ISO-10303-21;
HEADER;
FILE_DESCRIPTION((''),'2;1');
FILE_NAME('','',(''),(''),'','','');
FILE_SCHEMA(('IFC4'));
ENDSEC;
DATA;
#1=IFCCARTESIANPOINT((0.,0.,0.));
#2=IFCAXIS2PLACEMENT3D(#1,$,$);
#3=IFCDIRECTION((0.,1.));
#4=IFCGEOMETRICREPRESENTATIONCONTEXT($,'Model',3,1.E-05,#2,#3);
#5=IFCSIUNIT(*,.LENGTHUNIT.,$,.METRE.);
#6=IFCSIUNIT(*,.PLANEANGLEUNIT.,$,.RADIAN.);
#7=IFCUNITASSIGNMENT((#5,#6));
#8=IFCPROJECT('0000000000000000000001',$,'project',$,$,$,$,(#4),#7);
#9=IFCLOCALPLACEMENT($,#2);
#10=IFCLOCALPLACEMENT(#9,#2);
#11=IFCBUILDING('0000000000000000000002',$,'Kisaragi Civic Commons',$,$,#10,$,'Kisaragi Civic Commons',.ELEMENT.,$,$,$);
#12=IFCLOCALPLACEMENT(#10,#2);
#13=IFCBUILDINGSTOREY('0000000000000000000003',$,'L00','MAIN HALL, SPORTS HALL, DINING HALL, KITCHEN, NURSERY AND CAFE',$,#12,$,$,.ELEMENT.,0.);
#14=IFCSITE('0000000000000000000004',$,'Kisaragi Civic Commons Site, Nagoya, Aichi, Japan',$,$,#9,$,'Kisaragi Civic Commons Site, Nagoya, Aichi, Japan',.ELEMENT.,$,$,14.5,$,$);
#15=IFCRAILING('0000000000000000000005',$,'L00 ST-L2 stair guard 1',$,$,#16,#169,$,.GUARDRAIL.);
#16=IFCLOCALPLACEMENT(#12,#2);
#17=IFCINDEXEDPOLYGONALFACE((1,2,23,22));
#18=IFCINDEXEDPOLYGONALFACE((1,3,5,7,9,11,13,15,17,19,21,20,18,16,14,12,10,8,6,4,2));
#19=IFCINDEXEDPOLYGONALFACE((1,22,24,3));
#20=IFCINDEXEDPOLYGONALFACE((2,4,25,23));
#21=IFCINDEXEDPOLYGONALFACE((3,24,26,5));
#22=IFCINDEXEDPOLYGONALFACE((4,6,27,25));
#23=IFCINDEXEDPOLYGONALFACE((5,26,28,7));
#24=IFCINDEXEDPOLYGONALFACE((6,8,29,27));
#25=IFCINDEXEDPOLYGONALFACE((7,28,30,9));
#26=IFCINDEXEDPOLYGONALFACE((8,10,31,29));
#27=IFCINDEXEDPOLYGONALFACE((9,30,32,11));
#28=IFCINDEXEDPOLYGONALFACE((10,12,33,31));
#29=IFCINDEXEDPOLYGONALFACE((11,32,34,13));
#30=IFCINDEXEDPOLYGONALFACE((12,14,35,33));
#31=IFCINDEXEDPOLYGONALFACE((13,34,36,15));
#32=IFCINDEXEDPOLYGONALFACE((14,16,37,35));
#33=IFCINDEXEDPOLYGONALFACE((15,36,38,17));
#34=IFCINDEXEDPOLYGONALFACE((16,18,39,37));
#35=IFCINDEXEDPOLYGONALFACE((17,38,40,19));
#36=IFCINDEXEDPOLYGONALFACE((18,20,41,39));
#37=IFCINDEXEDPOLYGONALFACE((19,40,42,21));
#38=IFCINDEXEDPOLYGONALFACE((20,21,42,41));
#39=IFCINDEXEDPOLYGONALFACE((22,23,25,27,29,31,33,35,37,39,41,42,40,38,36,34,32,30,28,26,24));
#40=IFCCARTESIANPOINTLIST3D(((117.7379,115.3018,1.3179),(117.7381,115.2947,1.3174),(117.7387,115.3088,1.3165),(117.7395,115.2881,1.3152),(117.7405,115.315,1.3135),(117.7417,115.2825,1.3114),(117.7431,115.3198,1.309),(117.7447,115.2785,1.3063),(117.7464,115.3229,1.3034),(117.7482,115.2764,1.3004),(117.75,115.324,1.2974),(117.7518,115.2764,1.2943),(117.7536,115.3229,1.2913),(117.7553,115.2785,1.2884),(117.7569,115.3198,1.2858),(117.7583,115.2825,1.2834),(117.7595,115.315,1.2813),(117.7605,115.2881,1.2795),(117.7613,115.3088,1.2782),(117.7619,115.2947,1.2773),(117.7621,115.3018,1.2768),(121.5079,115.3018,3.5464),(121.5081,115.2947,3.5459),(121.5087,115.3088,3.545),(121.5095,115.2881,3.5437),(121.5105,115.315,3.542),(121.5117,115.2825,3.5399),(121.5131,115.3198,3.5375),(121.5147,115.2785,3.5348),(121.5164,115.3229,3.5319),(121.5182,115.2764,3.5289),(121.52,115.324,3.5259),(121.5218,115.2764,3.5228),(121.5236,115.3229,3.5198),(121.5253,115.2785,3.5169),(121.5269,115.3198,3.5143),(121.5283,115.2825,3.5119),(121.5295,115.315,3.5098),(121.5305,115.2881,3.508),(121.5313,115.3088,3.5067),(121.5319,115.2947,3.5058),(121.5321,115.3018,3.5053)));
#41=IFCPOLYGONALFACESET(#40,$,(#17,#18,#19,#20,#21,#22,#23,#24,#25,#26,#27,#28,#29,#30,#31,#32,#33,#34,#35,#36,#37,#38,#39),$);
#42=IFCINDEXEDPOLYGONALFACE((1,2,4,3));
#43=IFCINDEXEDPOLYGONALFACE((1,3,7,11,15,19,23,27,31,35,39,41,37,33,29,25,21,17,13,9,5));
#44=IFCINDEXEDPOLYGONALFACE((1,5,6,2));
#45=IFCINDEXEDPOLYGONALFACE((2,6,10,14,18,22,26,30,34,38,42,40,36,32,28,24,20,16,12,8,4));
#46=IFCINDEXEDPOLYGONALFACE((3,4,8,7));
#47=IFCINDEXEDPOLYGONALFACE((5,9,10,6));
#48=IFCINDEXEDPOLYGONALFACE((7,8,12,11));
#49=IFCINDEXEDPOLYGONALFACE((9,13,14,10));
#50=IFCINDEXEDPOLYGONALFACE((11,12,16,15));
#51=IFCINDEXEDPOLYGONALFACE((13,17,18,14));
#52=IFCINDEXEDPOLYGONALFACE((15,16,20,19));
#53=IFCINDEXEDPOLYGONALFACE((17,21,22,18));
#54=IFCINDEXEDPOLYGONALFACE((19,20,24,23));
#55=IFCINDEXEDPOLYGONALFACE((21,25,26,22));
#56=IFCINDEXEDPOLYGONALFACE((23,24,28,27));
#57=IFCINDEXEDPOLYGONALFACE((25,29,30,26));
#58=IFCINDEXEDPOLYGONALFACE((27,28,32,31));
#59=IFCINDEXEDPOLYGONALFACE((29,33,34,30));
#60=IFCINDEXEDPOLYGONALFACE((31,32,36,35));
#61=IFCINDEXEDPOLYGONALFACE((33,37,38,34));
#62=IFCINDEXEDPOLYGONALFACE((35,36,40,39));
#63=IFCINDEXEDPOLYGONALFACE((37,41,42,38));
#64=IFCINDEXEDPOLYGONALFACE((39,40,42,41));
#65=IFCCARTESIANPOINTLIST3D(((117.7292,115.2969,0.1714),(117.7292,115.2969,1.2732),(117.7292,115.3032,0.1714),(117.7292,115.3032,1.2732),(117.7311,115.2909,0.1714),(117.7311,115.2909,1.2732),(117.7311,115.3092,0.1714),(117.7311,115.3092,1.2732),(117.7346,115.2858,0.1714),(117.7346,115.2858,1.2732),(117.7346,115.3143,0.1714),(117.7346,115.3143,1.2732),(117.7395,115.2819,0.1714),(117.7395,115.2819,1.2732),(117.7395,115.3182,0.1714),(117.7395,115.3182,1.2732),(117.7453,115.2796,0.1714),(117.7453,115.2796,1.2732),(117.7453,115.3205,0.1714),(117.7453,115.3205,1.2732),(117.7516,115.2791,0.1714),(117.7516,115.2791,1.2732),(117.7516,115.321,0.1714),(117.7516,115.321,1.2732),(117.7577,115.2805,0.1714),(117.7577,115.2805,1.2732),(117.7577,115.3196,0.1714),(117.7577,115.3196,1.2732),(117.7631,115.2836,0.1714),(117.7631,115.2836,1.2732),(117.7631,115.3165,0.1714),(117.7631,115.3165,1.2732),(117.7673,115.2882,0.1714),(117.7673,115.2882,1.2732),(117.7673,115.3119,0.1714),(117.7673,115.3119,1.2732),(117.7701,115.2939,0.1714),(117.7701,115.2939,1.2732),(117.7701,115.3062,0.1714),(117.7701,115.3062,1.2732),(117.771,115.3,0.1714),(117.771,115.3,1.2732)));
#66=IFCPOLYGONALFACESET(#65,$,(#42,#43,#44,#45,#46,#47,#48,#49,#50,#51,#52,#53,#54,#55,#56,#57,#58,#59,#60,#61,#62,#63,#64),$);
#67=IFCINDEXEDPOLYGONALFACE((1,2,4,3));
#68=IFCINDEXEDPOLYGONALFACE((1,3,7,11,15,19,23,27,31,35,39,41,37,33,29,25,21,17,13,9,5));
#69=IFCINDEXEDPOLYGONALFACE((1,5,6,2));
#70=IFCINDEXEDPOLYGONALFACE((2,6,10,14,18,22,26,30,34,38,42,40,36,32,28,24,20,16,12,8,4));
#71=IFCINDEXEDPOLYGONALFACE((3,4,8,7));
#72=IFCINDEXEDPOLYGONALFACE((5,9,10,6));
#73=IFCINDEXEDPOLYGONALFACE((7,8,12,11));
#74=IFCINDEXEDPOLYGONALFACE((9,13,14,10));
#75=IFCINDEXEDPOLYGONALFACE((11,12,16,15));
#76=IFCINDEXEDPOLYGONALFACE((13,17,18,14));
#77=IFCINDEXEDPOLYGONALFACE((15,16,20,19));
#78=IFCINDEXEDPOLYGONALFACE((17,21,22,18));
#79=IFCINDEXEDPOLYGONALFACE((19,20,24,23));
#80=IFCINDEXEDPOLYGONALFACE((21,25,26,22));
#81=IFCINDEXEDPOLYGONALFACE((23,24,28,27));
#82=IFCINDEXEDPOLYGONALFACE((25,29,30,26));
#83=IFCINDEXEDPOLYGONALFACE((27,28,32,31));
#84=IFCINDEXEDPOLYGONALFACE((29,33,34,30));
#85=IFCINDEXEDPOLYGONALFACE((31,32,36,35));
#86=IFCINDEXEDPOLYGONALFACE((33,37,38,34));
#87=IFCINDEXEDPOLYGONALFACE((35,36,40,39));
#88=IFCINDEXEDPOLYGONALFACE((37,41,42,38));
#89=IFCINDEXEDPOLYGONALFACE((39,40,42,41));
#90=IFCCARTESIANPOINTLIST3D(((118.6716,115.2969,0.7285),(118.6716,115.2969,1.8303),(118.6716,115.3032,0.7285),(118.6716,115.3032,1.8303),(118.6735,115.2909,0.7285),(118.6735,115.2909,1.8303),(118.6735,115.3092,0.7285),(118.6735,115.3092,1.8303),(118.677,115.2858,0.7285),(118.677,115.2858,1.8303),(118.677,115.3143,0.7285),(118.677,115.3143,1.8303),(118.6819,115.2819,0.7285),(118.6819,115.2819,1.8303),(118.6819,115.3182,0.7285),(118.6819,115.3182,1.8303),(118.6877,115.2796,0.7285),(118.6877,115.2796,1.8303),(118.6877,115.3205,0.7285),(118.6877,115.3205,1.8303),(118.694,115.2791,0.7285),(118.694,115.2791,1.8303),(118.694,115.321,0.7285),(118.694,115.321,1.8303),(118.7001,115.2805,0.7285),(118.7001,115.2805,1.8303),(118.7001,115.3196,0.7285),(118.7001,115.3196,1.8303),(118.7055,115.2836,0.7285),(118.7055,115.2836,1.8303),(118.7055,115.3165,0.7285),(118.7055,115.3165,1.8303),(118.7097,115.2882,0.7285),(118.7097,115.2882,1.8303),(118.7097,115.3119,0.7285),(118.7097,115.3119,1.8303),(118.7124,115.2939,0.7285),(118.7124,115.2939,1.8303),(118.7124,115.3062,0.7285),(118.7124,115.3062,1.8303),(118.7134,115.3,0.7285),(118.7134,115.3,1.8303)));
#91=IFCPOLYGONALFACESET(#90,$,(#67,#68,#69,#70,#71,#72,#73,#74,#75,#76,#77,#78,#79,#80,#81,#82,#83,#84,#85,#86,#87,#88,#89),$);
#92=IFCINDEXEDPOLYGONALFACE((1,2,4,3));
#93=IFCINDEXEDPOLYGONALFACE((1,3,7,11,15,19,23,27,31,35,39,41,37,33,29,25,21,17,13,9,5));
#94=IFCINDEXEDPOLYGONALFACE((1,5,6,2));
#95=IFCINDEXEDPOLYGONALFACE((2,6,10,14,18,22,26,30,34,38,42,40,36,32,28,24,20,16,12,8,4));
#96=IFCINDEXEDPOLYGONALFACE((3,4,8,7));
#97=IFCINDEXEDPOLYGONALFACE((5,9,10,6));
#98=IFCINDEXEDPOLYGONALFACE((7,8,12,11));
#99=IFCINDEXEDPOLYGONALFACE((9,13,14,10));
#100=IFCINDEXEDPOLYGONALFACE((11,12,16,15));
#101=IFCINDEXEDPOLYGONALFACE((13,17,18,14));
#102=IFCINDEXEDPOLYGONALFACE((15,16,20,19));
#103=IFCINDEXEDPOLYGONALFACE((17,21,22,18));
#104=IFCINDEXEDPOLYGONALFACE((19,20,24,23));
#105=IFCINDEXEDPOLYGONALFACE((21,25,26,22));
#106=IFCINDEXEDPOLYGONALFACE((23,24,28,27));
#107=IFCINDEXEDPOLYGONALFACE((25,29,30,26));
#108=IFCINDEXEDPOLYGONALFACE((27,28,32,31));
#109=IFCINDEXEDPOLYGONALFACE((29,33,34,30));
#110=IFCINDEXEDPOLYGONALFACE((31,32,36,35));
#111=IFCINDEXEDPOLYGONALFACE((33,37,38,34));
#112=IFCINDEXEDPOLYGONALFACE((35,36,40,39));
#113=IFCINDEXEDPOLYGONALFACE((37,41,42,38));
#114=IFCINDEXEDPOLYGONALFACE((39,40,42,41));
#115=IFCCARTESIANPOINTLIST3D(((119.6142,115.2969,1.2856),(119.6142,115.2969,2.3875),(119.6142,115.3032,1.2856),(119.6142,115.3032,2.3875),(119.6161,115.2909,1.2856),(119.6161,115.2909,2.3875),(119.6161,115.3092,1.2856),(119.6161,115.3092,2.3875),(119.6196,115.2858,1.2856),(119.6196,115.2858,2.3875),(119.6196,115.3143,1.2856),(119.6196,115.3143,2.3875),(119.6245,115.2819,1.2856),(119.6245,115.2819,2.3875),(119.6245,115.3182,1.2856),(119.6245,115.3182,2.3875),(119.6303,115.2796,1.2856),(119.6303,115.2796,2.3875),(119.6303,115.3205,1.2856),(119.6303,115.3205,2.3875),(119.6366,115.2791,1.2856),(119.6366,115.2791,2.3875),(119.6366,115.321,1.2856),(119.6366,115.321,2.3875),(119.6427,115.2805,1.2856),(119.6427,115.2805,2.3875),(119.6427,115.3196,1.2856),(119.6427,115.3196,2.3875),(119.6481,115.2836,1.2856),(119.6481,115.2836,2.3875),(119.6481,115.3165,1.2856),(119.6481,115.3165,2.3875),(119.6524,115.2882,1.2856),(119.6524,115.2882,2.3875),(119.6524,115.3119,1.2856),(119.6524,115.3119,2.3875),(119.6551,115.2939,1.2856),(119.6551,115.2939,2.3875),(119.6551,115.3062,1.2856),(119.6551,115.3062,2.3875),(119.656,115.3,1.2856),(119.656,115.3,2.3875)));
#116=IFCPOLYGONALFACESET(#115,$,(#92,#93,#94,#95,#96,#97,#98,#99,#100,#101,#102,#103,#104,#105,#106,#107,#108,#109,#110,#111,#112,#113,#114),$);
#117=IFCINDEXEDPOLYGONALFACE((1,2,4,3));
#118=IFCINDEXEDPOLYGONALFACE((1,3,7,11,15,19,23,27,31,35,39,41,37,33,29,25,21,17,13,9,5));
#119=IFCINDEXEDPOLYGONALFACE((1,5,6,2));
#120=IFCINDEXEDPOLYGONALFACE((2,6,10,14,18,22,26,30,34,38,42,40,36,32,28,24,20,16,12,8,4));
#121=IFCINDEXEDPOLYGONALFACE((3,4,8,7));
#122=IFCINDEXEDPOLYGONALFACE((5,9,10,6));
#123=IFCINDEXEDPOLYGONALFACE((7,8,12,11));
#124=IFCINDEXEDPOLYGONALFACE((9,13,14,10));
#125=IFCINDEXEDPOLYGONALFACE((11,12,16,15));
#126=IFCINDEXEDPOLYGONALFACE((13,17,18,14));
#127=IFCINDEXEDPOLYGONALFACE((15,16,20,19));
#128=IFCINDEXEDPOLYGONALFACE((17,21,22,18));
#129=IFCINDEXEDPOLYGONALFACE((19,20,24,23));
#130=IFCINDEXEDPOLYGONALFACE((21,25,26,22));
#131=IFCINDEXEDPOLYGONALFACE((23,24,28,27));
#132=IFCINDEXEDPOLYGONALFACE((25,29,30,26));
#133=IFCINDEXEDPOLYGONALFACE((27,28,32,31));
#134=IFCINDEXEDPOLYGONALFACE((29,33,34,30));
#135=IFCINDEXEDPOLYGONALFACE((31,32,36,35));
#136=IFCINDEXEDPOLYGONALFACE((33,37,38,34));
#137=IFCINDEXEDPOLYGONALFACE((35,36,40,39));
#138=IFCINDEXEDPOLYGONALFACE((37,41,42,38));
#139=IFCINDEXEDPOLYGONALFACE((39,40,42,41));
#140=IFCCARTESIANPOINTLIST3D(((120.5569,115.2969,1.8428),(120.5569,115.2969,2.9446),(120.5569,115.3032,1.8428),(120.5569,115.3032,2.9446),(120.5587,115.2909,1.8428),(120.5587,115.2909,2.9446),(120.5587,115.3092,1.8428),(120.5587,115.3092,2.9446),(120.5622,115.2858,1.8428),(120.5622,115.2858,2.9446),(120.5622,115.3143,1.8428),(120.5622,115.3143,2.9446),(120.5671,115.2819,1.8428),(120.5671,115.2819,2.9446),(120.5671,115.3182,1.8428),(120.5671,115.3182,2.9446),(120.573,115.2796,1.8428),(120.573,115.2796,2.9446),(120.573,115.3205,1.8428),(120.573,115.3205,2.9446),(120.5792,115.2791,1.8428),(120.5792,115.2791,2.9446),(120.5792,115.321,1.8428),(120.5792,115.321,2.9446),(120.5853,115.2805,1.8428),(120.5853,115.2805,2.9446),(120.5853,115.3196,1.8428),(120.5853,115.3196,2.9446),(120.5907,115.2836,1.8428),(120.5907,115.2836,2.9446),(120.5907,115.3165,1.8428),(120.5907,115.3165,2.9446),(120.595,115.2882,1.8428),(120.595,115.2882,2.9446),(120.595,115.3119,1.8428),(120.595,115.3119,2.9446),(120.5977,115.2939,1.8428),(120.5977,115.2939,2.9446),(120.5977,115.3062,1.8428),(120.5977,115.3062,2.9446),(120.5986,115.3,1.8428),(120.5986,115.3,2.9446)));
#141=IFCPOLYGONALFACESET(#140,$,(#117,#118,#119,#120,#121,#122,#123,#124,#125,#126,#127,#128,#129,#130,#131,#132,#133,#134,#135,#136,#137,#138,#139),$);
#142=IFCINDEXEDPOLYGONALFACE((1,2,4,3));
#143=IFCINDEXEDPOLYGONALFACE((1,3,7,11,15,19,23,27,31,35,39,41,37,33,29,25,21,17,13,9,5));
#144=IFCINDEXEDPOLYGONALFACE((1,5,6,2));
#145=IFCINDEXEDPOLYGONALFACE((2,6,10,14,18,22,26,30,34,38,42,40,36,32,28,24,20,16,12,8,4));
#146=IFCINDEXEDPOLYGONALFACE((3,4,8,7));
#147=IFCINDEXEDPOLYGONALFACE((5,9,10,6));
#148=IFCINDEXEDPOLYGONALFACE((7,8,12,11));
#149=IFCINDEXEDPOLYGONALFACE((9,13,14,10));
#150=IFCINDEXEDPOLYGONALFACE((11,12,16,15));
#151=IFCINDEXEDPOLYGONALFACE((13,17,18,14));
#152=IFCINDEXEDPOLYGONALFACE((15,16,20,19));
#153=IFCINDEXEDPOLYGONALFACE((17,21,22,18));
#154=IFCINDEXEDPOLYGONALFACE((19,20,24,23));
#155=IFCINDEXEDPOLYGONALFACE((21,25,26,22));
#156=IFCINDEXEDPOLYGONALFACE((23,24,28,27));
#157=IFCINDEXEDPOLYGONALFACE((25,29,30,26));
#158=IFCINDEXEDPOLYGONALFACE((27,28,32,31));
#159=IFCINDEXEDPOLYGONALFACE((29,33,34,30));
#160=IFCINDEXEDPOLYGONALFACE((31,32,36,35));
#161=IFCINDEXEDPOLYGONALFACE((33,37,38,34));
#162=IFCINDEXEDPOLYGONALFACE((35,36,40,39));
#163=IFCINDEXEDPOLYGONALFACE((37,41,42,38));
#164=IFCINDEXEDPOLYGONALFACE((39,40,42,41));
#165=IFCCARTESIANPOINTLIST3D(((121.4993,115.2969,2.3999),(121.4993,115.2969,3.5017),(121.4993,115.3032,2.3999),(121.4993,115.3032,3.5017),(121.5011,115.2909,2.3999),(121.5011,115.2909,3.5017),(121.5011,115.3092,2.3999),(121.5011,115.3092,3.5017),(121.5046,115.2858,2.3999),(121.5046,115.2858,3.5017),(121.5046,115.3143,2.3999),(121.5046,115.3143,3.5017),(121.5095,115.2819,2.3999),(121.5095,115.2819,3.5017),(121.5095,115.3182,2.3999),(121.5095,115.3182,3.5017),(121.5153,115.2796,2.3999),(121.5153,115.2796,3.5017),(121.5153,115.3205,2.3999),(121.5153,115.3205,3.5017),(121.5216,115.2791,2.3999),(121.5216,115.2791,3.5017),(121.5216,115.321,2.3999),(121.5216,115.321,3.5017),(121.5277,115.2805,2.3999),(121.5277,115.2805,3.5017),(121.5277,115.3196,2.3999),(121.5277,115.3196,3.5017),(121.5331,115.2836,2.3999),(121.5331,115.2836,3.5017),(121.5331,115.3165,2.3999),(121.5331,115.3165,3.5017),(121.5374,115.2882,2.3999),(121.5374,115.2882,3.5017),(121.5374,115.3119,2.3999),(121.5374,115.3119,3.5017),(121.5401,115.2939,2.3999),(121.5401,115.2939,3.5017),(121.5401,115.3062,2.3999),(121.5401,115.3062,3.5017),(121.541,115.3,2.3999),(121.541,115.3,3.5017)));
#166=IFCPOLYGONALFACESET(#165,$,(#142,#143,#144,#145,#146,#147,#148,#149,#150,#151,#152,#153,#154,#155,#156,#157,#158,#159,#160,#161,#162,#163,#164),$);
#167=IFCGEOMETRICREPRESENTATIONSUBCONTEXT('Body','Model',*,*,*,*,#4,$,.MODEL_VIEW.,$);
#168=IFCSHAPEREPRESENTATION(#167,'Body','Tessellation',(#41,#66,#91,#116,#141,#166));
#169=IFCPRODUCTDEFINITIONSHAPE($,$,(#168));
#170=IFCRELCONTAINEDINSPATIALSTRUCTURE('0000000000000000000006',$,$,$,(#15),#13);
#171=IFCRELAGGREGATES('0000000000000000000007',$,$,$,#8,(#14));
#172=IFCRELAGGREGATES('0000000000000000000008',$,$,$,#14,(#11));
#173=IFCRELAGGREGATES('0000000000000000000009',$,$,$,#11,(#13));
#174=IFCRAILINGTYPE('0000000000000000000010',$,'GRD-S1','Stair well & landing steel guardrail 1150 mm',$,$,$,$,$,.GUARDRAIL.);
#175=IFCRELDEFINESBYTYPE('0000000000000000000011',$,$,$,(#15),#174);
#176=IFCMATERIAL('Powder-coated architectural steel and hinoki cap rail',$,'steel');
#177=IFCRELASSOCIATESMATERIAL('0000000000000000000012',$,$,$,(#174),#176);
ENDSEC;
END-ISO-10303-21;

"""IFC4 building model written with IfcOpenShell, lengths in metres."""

from ifc_helpers import new_model, si_unit, direction, frame, origin, origin_2d, place, context, subcontext, project, spatial, circle, extrude, material, type_object, element, save


model = new_model("IFC4")

# Units and contexts
model_context = context("Model", 3, precision=1e-05, world=origin(), true_north=direction((0.0, 1.0)))
body_context = subcontext(model_context, "Body", "Model", "MODEL_VIEW")
ifc_project = project(units=[si_unit("LENGTHUNIT", "METRE"), si_unit("PLANEANGLEUNIT", "RADIAN")], contexts=[model_context])

# Site, building, storey
site_placement = place(None, origin())
site = spatial("IfcSite", under=ifc_project, at=site_placement, Name="Kisaragi Civic Commons Site, Nagoya, Aichi, Japan", LongName="Kisaragi Civic Commons Site, Nagoya, Aichi, Japan", CompositionType="ELEMENT", RefElevation=14.5)
building_placement = place(site_placement, origin())
building = spatial("IfcBuilding", under=site, at=building_placement, Name="Kisaragi Civic Commons", LongName="Kisaragi Civic Commons", CompositionType="ELEMENT")
storey_placement = place(building_placement, origin())
storey = spatial("IfcBuildingStorey", under=building, at=storey_placement, Name="L00", Description="MAIN HALL, SPORTS HALL, DINING HALL, KITCHEN, NURSERY AND CAFE", CompositionType="ELEMENT", Elevation=0.0)

# Railing
ifc_material_1 = material(Name="Powder-coated architectural steel and hinoki cap rail", Category="steel")
railing_type = type_object("IfcRailingType", Name="GRD-S1", Description="Stair well & landing steel guardrail 1150 mm", PredefinedType="GUARDRAIL", material=ifc_material_1)
railing_1_placement = place(storey_placement, frame((117.75, 115.3, 0.1714)))
element("IfcRailing", 1, at=railing_1_placement, inside=storey, type_object=railing_type, Name="L00 ST-L2 stair guard 1", PredefinedType="GUARDRAIL", context=body_context, shape_type="SweptSolid", body=[
    extrude(circle(Radius=0.0239, at=origin_2d()), frame((0.0, 0.0, 1.126), z_axis=(0.860849, 0.0, 0.508861), x_axis=(0.0, 1.0, 0.0)), (0.0, 0.0, 1.0), 4.3794),
    extrude(circle(Radius=0.021, at=origin_2d()), origin(), (0.0, 0.0, 1.0), 1.1018),
    extrude(circle(Radius=0.021, at=origin_2d()), frame((0.9424, 0.0, 0.5571)), (0.0, 0.0, 1.0), 1.1018),
    extrude(circle(Radius=0.021, at=origin_2d()), frame((1.885, 0.0, 1.1143)), (0.0, 0.0, 1.0), 1.1018),
    extrude(circle(Radius=0.021, at=origin_2d()), frame((2.8276, 0.0, 1.6714)), (0.0, 0.0, 1.0), 1.1018),
    extrude(circle(Radius=0.021, at=origin_2d()), frame((3.77, 0.0, 2.2285)), (0.0, 0.0, 1.0), 1.1018),
])

save(model, "model.ifc")
